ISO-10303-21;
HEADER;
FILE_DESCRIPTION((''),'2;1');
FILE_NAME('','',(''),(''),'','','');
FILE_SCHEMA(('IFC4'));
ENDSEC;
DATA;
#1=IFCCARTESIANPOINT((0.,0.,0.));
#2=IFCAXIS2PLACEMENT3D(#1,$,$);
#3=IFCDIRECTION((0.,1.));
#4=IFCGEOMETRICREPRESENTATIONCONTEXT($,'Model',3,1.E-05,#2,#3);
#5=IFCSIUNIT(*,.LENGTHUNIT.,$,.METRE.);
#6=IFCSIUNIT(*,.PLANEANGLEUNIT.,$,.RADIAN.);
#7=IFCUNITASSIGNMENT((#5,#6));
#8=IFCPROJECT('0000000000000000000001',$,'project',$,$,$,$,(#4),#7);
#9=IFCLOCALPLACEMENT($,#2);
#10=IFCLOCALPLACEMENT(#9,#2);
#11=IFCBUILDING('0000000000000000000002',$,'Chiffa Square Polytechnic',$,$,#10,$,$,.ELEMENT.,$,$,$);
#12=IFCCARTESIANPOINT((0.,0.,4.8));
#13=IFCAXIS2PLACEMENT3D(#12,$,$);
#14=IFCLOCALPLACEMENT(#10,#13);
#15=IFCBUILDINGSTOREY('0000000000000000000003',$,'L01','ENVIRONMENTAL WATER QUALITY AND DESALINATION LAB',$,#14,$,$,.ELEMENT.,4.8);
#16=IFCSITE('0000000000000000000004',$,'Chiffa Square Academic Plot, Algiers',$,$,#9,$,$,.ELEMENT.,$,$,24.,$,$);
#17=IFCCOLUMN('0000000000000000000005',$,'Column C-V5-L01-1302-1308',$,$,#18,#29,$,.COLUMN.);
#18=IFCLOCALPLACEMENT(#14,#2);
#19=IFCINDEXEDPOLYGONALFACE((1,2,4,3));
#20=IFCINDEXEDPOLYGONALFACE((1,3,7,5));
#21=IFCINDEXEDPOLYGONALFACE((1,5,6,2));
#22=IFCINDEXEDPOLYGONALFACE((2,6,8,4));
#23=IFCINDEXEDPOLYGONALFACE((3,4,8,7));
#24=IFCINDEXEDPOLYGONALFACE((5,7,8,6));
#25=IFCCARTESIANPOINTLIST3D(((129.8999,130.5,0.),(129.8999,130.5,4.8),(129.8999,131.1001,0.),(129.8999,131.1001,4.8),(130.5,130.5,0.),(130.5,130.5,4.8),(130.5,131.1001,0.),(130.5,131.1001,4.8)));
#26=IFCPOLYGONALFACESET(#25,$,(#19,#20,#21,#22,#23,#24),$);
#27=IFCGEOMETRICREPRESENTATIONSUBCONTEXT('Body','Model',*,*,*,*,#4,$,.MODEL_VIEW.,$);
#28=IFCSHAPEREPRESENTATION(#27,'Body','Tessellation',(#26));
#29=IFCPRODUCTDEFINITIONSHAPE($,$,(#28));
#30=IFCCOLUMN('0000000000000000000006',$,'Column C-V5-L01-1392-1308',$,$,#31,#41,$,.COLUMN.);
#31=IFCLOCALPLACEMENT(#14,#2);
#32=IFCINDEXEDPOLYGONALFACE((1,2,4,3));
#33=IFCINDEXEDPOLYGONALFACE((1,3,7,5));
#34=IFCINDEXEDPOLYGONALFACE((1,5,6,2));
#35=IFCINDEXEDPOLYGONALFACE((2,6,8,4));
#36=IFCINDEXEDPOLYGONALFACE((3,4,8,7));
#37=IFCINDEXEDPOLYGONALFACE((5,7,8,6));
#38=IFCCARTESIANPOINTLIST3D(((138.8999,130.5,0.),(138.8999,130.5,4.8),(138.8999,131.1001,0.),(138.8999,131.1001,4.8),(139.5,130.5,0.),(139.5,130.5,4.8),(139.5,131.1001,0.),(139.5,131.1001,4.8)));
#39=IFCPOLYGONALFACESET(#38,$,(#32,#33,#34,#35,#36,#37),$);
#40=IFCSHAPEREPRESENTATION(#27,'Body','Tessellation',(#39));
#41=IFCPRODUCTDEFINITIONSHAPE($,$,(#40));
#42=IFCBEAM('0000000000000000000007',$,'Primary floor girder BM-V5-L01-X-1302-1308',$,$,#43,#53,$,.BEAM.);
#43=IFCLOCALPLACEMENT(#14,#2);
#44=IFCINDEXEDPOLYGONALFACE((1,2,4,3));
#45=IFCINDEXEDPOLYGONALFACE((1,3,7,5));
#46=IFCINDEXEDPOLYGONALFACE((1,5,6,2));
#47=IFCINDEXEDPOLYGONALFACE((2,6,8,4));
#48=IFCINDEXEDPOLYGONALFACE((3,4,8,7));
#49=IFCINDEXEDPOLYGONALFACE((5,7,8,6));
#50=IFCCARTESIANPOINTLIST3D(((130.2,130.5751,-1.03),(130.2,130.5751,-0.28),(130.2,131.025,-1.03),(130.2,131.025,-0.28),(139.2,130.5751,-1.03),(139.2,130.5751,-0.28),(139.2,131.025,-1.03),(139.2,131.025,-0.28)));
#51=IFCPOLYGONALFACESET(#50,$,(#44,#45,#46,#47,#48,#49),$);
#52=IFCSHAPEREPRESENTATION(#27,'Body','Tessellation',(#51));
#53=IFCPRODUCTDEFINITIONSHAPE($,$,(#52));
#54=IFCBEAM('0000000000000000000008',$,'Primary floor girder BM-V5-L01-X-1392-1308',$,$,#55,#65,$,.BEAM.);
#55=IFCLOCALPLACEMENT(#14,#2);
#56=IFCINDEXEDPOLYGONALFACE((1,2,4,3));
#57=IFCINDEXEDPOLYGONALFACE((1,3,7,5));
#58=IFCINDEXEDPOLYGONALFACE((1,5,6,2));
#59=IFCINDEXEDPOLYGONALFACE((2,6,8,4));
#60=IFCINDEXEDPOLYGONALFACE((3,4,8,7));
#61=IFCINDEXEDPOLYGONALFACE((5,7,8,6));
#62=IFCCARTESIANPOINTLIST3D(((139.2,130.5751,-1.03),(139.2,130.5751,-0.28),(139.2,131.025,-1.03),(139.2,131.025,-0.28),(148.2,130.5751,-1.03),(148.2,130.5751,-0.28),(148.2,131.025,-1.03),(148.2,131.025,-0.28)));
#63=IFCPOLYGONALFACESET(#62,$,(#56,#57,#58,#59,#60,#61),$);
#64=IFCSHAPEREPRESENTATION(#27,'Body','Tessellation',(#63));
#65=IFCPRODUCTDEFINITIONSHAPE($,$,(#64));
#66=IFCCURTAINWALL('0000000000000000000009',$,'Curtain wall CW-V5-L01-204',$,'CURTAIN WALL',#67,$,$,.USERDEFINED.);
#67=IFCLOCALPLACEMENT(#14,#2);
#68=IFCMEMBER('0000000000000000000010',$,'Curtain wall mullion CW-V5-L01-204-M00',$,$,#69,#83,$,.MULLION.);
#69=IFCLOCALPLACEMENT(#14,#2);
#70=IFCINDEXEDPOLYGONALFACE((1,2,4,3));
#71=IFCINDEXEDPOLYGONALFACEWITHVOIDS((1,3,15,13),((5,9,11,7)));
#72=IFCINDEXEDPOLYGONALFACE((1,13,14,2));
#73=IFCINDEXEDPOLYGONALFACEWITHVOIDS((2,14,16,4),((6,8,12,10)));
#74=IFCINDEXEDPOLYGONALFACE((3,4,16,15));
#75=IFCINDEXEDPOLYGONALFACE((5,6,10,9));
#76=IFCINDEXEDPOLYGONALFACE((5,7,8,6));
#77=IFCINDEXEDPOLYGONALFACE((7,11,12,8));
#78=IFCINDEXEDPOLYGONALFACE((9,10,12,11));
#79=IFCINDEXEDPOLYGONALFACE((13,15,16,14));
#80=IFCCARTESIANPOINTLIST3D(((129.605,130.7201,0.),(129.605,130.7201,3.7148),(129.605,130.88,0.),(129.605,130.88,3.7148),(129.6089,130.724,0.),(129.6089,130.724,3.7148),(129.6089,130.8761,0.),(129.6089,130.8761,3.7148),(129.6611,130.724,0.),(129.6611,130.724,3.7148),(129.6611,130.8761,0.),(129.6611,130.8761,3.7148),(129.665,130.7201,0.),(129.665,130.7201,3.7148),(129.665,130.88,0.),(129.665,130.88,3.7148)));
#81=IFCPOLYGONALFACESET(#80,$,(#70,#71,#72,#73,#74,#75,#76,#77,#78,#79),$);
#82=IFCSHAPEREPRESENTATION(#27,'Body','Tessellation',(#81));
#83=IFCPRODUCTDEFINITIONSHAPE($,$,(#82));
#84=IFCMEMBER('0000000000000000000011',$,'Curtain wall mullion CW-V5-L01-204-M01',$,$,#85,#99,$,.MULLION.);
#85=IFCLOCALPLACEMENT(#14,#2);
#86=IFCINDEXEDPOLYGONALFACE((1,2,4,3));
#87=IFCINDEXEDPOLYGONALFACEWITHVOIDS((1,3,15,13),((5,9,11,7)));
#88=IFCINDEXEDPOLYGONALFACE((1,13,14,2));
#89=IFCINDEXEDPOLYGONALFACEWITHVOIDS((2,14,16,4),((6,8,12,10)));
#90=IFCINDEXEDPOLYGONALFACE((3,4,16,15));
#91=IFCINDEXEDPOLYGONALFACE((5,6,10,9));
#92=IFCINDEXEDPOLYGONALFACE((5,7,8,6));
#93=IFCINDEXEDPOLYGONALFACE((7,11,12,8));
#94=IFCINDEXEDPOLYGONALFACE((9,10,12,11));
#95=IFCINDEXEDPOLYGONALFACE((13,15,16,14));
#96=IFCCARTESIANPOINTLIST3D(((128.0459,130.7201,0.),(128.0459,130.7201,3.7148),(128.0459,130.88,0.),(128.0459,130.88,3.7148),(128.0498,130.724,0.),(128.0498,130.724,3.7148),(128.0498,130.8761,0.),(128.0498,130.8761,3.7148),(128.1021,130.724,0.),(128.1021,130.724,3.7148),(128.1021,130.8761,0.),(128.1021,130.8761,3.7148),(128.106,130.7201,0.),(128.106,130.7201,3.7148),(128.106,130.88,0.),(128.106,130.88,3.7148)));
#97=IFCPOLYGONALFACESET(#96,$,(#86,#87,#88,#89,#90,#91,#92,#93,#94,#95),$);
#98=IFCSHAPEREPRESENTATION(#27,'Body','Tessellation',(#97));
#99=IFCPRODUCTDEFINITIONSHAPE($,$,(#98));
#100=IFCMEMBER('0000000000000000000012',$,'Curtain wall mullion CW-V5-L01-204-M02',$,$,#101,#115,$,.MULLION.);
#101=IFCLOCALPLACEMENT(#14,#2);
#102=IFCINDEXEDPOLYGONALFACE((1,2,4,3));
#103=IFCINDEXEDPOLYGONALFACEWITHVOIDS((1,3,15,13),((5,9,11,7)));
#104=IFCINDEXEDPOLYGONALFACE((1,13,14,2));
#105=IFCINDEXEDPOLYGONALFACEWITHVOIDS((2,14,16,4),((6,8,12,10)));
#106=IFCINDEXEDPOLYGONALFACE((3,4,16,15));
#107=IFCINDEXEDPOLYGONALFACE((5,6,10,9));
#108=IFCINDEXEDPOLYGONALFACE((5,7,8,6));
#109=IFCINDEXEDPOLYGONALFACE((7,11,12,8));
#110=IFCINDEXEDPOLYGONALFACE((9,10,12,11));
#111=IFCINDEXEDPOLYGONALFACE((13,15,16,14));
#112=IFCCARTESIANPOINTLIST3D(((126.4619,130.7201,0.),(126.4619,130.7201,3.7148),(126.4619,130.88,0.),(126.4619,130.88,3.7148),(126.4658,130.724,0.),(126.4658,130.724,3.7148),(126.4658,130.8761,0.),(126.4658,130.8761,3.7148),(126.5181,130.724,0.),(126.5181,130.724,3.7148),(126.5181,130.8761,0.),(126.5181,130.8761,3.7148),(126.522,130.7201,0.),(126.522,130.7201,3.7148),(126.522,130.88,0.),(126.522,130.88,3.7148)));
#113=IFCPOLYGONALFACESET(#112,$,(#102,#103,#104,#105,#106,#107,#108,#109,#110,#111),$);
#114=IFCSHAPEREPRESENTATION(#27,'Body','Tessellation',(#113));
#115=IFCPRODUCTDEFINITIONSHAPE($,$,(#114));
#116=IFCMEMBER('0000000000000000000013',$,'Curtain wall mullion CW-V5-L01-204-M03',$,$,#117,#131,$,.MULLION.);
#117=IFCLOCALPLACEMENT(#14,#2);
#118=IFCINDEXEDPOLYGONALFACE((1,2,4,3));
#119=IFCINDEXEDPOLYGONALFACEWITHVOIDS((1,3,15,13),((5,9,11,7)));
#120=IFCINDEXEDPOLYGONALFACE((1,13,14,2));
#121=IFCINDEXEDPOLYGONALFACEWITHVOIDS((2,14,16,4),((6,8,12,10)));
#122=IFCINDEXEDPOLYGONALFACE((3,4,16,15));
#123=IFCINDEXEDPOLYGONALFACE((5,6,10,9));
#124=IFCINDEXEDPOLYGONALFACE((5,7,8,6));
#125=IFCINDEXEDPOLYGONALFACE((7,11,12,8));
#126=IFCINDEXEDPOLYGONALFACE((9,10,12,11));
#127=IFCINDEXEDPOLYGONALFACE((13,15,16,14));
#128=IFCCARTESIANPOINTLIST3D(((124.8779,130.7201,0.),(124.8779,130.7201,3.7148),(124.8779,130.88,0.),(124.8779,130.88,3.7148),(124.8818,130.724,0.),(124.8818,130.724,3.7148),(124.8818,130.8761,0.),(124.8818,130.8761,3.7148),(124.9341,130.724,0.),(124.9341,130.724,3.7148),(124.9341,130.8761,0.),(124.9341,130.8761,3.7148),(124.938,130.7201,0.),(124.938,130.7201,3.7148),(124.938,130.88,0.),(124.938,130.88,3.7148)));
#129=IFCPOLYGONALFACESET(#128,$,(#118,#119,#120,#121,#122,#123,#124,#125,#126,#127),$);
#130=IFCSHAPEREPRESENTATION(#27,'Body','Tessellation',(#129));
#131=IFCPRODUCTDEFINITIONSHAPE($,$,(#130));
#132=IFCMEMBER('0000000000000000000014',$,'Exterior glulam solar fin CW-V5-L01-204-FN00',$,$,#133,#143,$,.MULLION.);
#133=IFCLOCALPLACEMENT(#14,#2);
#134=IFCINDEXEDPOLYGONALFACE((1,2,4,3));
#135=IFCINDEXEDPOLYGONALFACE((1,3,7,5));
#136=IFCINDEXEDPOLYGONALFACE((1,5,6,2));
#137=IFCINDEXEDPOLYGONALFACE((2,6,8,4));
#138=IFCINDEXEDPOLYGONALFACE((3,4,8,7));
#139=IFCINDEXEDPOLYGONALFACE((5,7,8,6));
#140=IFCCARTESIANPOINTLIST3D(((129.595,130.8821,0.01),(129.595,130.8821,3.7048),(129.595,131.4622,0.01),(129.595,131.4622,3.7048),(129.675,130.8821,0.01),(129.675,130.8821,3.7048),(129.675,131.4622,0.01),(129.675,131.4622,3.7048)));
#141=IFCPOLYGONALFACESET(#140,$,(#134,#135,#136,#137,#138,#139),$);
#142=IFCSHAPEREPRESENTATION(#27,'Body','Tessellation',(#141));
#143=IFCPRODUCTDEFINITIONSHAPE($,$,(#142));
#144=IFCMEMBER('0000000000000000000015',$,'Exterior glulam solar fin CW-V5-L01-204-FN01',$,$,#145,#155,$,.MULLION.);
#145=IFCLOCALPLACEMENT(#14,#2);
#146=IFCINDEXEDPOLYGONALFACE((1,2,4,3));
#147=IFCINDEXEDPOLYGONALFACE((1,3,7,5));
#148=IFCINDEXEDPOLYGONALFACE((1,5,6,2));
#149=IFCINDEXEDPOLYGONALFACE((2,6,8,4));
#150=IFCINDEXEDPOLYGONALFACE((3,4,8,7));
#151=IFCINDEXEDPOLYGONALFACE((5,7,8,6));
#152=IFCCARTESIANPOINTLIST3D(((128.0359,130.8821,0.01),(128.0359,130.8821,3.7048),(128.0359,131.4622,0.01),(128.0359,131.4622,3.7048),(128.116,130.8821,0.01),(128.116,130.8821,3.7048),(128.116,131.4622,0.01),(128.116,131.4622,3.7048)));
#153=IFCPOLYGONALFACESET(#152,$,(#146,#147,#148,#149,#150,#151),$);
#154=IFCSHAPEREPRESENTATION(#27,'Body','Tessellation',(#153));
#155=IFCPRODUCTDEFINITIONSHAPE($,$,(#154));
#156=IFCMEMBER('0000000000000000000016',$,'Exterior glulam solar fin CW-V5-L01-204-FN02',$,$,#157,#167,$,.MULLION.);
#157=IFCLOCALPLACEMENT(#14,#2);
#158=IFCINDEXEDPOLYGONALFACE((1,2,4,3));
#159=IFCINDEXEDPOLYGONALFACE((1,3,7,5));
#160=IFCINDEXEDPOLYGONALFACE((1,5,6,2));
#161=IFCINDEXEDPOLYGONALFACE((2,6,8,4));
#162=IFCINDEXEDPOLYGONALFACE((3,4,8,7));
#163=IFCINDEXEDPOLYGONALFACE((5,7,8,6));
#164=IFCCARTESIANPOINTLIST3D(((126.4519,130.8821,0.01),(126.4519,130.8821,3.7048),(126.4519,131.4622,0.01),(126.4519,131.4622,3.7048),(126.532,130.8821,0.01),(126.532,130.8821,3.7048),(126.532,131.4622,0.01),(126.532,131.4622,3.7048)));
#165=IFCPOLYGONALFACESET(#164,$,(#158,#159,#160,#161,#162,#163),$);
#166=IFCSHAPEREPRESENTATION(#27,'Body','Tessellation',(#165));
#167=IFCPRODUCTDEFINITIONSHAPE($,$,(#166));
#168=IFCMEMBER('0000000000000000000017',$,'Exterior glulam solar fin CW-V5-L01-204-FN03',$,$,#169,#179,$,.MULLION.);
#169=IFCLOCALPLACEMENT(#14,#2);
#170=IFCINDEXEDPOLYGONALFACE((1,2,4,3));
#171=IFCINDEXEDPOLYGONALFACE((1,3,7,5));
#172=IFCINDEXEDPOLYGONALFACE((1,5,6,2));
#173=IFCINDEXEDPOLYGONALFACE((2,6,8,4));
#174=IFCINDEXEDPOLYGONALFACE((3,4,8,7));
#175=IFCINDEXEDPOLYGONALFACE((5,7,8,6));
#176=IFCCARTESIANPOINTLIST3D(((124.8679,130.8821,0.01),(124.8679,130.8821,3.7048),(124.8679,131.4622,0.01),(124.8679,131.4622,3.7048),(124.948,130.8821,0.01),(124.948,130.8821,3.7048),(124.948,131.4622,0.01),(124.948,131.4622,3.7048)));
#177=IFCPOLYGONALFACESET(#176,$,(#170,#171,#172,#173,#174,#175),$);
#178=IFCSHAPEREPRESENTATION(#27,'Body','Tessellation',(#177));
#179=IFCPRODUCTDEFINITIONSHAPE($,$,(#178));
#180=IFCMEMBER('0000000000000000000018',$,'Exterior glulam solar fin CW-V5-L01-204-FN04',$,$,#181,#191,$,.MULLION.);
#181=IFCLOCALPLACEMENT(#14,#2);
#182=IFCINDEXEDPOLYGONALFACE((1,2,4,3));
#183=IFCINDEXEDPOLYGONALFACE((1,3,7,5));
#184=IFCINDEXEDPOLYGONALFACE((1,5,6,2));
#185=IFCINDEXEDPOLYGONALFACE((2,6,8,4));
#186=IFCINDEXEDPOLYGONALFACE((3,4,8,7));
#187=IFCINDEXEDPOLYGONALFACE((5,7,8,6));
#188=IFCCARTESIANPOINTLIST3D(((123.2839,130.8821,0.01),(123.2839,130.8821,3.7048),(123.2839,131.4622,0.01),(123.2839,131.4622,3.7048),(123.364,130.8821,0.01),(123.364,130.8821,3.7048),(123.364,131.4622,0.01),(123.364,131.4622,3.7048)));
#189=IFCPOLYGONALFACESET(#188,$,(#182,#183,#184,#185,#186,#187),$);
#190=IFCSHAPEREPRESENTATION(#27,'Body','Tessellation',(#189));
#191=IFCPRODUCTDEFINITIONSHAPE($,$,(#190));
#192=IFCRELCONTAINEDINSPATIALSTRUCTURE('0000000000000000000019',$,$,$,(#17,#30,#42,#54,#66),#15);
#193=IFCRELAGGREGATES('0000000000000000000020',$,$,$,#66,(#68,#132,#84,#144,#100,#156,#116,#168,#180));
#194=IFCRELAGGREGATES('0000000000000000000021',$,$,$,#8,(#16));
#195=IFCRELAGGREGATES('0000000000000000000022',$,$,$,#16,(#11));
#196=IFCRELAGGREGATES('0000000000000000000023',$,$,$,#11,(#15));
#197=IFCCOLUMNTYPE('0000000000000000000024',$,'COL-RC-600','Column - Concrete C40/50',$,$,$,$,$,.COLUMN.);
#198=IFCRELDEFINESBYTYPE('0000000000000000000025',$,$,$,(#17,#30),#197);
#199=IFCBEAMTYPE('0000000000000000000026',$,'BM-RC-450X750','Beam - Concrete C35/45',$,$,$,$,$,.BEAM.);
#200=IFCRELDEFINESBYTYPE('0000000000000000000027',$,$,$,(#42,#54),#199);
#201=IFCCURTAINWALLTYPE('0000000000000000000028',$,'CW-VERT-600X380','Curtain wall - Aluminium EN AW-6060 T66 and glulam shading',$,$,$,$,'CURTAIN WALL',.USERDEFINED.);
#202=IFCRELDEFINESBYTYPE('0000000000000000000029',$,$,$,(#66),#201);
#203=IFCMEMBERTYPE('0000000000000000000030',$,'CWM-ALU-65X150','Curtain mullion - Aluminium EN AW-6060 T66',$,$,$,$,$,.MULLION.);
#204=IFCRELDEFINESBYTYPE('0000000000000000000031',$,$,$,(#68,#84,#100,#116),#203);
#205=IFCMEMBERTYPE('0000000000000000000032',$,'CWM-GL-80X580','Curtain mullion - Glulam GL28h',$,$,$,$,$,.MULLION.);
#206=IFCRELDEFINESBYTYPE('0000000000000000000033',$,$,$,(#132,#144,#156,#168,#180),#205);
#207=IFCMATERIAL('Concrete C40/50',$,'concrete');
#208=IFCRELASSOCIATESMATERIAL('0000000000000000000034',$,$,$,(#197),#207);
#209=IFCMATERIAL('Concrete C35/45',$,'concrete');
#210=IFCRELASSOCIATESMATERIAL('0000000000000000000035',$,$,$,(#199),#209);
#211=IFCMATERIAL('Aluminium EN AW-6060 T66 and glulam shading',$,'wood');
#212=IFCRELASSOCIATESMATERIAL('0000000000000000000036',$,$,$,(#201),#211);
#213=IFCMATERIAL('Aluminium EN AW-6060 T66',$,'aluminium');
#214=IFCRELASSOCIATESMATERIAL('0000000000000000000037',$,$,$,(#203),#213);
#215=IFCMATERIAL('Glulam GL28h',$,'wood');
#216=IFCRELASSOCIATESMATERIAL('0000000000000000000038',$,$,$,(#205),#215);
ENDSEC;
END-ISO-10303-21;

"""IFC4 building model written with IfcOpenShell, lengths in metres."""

from ifc_helpers import new_model, si_unit, direction, frame, origin, origin_2d, place, context, subcontext, project, spatial, rectangle, hollow_rectangle, extrude, material, material_profile, profile_set, type_object, element, aggregate, save


model = new_model("IFC4")

# Units and contexts
model_context = context("Model", 3, precision=1e-05, world=origin(), true_north=direction((0.0, 1.0)))
body_context = subcontext(model_context, "Body", "Model", "MODEL_VIEW")
ifc_project = project(units=[si_unit("LENGTHUNIT", "METRE"), si_unit("PLANEANGLEUNIT", "RADIAN")], contexts=[model_context])

# Site, building, storey
site_placement = place(None, origin())
site = spatial("IfcSite", under=ifc_project, at=site_placement, Name="Chiffa Square Academic Plot, Algiers", CompositionType="ELEMENT", RefElevation=24.0)
building_placement = place(site_placement, origin())
building = spatial("IfcBuilding", under=site, at=building_placement, Name="Chiffa Square Polytechnic", CompositionType="ELEMENT")
storey_placement = place(building_placement, frame((0.0, 0.0, 4.8)))
storey = spatial("IfcBuildingStorey", under=building, at=storey_placement, Name="L01", Description="ENVIRONMENTAL WATER QUALITY AND DESALINATION LAB", CompositionType="ELEMENT", Elevation=4.8)

# Columns
ifc_material_1 = material(Name="Concrete C40/50", Category="concrete")
ifc_material_profile_1 = material_profile(ifc_material_1, rectangle(XDim=0.6001, YDim=0.6001, at=origin_2d()), Name="RC 600x600")
ifc_profile_set_1 = profile_set([ifc_material_profile_1], Name="Concrete C40/50")
column_type = type_object("IfcColumnType", Name="COL-RC-600", Description="Column - Concrete C40/50", PredefinedType="COLUMN", material=ifc_profile_set_1)
for number, where, z_axis, x_axis, name in (
    (1, (130.2, 130.8, 0.0), (0.0, 0.0, 1.0), (1.0, 0.0, 0.0), "Column C-V5-L01-1302-1308"),
    (2, (139.2, 130.8, 0.0), (0.0, 0.0, 1.0), (1.0, 0.0, 0.0), "Column C-V5-L01-1392-1308"),
):
    element("IfcColumn", number, at=place(storey_placement, frame(where, z_axis=z_axis, x_axis=x_axis)), inside=storey, type_object=column_type, Name=name, PredefinedType="COLUMN", context=body_context, shape_type="SweptSolid", body=[
        extrude(rectangle(XDim=0.6001, YDim=0.6001, at=origin_2d()), origin(), (0.0, 0.0, 1.0), 4.8),
    ])

# Beams
ifc_material_2 = material(Name="Concrete C35/45", Category="concrete")
ifc_material_profile_2 = material_profile(ifc_material_2, rectangle(XDim=0.45, YDim=0.75, at=origin_2d()), Name="RC 450x750")
ifc_profile_set_2 = profile_set([ifc_material_profile_2], Name="Concrete C35/45")
beam_type = type_object("IfcBeamType", Name="BM-RC-450X750", Description="Beam - Concrete C35/45", PredefinedType="BEAM", material=ifc_profile_set_2)
for number, where, z_axis, x_axis, name in (
    (3, (130.2, 130.8, -0.655), (1.0, 0.0, 0.0), (0.0, 1.0, 0.0), "Primary floor girder BM-V5-L01-X-1302-1308"),
    (4, (139.2, 130.8, -0.655), (1.0, 0.0, 0.0), (0.0, 1.0, 0.0), "Primary floor girder BM-V5-L01-X-1392-1308"),
):
    element("IfcBeam", number, at=place(storey_placement, frame(where, z_axis=z_axis, x_axis=x_axis)), inside=storey, type_object=beam_type, Name=name, PredefinedType="BEAM", context=body_context, shape_type="SweptSolid", body=[
        extrude(rectangle(XDim=0.45, YDim=0.75, at=origin_2d()), origin(), (0.0, 0.0, 1.0), 9.0),
    ])

# Curtain wall, members
ifc_material_3 = material(Name="Aluminium EN AW-6060 T66 and glulam shading", Category="wood")
curtain_wall_type = type_object("IfcCurtainWallType", Name="CW-VERT-600X380", Description="Curtain wall - Aluminium EN AW-6060 T66 and glulam shading", ElementType="CURTAIN WALL", PredefinedType="USERDEFINED", material=ifc_material_3)
curtain_wall_placement = place(storey_placement, origin())
curtain_wall = element("IfcCurtainWall", 5, at=curtain_wall_placement, inside=storey, type_object=curtain_wall_type, Name="Curtain wall CW-V5-L01-204", ObjectType="CURTAIN WALL", PredefinedType="USERDEFINED")
ifc_material_4 = material(Name="Aluminium EN AW-6060 T66", Category="aluminium")
ifc_material_profile_3 = material_profile(ifc_material_4, hollow_rectangle(XDim=0.0601, YDim=0.1599, WallThickness=0.0039, at=origin_2d()), Name="ALU 60x160x4")
ifc_profile_set_3 = profile_set([ifc_material_profile_3], Name="Aluminium EN AW-6060 T66")
member_type_1 = type_object("IfcMemberType", Name="CWM-ALU-65X150", Description="Curtain mullion - Aluminium EN AW-6060 T66", PredefinedType="MULLION", material=ifc_profile_set_3)
member_1_placement = place(storey_placement, frame((129.635, 130.8, 0.0), z_axis=(0.0, 0.0, 1.0), x_axis=(1.0, 0.0, 0.0)))
member_1 = element("IfcMember", 6, at=member_1_placement, type_object=member_type_1, Name="Curtain wall mullion CW-V5-L01-204-M00", PredefinedType="MULLION", context=body_context, shape_type="SweptSolid", body=[
    extrude(hollow_rectangle(XDim=0.0601, YDim=0.1599, WallThickness=0.0039, at=origin_2d()), origin(), (0.0, 0.0, 1.0), 3.7148),
])
member_2_placement = place(storey_placement, frame((128.0759, 130.8, 0.0), z_axis=(0.0, 0.0, 1.0), x_axis=(1.0, 0.0, 0.0)))
member_2 = element("IfcMember", 7, at=member_2_placement, type_object=member_type_1, Name="Curtain wall mullion CW-V5-L01-204-M01", PredefinedType="MULLION", context=body_context, shape_type="SweptSolid", body=[
    extrude(hollow_rectangle(XDim=0.0601, YDim=0.1599, WallThickness=0.0039, at=origin_2d()), origin(), (0.0, 0.0, 1.0), 3.7148),
])
member_3_placement = place(storey_placement, frame((126.4919, 130.8, 0.0), z_axis=(0.0, 0.0, 1.0), x_axis=(1.0, 0.0, 0.0)))
member_3 = element("IfcMember", 8, at=member_3_placement, type_object=member_type_1, Name="Curtain wall mullion CW-V5-L01-204-M02", PredefinedType="MULLION", context=body_context, shape_type="SweptSolid", body=[
    extrude(hollow_rectangle(XDim=0.0601, YDim=0.1599, WallThickness=0.0039, at=origin_2d()), origin(), (0.0, 0.0, 1.0), 3.7148),
])
member_4_placement = place(storey_placement, frame((124.908, 130.8, 0.0), z_axis=(0.0, 0.0, 1.0), x_axis=(1.0, 0.0, 0.0)))
member_4 = element("IfcMember", 9, at=member_4_placement, type_object=member_type_1, Name="Curtain wall mullion CW-V5-L01-204-M03", PredefinedType="MULLION", context=body_context, shape_type="SweptSolid", body=[
    extrude(hollow_rectangle(XDim=0.0601, YDim=0.1599, WallThickness=0.0039, at=origin_2d()), origin(), (0.0, 0.0, 1.0), 3.7148),
])
ifc_material_5 = material(Name="Glulam GL28h", Category="wood")
ifc_material_profile_4 = material_profile(ifc_material_5, rectangle(XDim=0.0801, YDim=0.5801, at=origin_2d()), Name="GL28h 80x580")
ifc_profile_set_4 = profile_set([ifc_material_profile_4], Name="Glulam GL28h")
member_type_2 = type_object("IfcMemberType", Name="CWM-GL-80X580", Description="Curtain mullion - Glulam GL28h", PredefinedType="MULLION", material=ifc_profile_set_4)
member_5_placement = place(storey_placement, frame((129.635, 131.1721, 0.01), z_axis=(0.0, 0.0, 1.0), x_axis=(-1.0, 0.0, 0.0)))
member_5 = element("IfcMember", 10, at=member_5_placement, type_object=member_type_2, Name="Exterior glulam solar fin CW-V5-L01-204-FN00", PredefinedType="MULLION", context=body_context, shape_type="SweptSolid", body=[
    extrude(rectangle(XDim=0.0801, YDim=0.5801, at=origin_2d()), origin(), (0.0, 0.0, 1.0), 3.6948),
])
member_6_placement = place(storey_placement, frame((128.0759, 131.1721, 0.01), z_axis=(0.0, 0.0, 1.0), x_axis=(-1.0, 0.0, 0.0)))
member_6 = element("IfcMember", 11, at=member_6_placement, type_object=member_type_2, Name="Exterior glulam solar fin CW-V5-L01-204-FN01", PredefinedType="MULLION", context=body_context, shape_type="SweptSolid", body=[
    extrude(rectangle(XDim=0.0801, YDim=0.5801, at=origin_2d()), origin(), (0.0, 0.0, 1.0), 3.6948),
])
member_7_placement = place(storey_placement, frame((126.4919, 131.1721, 0.01), z_axis=(0.0, 0.0, 1.0), x_axis=(-1.0, 0.0, 0.0)))
member_7 = element("IfcMember", 12, at=member_7_placement, type_object=member_type_2, Name="Exterior glulam solar fin CW-V5-L01-204-FN02", PredefinedType="MULLION", context=body_context, shape_type="SweptSolid", body=[
    extrude(rectangle(XDim=0.0801, YDim=0.5801, at=origin_2d()), origin(), (0.0, 0.0, 1.0), 3.6948),
])
member_8_placement = place(storey_placement, frame((124.908, 131.1721, 0.01), z_axis=(0.0, 0.0, 1.0), x_axis=(-1.0, 0.0, 0.0)))
member_8 = element("IfcMember", 13, at=member_8_placement, type_object=member_type_2, Name="Exterior glulam solar fin CW-V5-L01-204-FN03", PredefinedType="MULLION", context=body_context, shape_type="SweptSolid", body=[
    extrude(rectangle(XDim=0.0801, YDim=0.5801, at=origin_2d()), origin(), (0.0, 0.0, 1.0), 3.6948),
])
member_9_placement = place(storey_placement, frame((123.324, 131.1721, 0.01), z_axis=(0.0, 0.0, 1.0), x_axis=(-1.0, 0.0, 0.0)))
member_9 = element("IfcMember", 14, at=member_9_placement, type_object=member_type_2, Name="Exterior glulam solar fin CW-V5-L01-204-FN04", PredefinedType="MULLION", context=body_context, shape_type="SweptSolid", body=[
    extrude(rectangle(XDim=0.0801, YDim=0.5801, at=origin_2d()), origin(), (0.0, 0.0, 1.0), 3.6948),
])
aggregate(curtain_wall, [member_1, member_5, member_2, member_6, member_3, member_7, member_4, member_8, member_9])

save(model, "model.ifc")
